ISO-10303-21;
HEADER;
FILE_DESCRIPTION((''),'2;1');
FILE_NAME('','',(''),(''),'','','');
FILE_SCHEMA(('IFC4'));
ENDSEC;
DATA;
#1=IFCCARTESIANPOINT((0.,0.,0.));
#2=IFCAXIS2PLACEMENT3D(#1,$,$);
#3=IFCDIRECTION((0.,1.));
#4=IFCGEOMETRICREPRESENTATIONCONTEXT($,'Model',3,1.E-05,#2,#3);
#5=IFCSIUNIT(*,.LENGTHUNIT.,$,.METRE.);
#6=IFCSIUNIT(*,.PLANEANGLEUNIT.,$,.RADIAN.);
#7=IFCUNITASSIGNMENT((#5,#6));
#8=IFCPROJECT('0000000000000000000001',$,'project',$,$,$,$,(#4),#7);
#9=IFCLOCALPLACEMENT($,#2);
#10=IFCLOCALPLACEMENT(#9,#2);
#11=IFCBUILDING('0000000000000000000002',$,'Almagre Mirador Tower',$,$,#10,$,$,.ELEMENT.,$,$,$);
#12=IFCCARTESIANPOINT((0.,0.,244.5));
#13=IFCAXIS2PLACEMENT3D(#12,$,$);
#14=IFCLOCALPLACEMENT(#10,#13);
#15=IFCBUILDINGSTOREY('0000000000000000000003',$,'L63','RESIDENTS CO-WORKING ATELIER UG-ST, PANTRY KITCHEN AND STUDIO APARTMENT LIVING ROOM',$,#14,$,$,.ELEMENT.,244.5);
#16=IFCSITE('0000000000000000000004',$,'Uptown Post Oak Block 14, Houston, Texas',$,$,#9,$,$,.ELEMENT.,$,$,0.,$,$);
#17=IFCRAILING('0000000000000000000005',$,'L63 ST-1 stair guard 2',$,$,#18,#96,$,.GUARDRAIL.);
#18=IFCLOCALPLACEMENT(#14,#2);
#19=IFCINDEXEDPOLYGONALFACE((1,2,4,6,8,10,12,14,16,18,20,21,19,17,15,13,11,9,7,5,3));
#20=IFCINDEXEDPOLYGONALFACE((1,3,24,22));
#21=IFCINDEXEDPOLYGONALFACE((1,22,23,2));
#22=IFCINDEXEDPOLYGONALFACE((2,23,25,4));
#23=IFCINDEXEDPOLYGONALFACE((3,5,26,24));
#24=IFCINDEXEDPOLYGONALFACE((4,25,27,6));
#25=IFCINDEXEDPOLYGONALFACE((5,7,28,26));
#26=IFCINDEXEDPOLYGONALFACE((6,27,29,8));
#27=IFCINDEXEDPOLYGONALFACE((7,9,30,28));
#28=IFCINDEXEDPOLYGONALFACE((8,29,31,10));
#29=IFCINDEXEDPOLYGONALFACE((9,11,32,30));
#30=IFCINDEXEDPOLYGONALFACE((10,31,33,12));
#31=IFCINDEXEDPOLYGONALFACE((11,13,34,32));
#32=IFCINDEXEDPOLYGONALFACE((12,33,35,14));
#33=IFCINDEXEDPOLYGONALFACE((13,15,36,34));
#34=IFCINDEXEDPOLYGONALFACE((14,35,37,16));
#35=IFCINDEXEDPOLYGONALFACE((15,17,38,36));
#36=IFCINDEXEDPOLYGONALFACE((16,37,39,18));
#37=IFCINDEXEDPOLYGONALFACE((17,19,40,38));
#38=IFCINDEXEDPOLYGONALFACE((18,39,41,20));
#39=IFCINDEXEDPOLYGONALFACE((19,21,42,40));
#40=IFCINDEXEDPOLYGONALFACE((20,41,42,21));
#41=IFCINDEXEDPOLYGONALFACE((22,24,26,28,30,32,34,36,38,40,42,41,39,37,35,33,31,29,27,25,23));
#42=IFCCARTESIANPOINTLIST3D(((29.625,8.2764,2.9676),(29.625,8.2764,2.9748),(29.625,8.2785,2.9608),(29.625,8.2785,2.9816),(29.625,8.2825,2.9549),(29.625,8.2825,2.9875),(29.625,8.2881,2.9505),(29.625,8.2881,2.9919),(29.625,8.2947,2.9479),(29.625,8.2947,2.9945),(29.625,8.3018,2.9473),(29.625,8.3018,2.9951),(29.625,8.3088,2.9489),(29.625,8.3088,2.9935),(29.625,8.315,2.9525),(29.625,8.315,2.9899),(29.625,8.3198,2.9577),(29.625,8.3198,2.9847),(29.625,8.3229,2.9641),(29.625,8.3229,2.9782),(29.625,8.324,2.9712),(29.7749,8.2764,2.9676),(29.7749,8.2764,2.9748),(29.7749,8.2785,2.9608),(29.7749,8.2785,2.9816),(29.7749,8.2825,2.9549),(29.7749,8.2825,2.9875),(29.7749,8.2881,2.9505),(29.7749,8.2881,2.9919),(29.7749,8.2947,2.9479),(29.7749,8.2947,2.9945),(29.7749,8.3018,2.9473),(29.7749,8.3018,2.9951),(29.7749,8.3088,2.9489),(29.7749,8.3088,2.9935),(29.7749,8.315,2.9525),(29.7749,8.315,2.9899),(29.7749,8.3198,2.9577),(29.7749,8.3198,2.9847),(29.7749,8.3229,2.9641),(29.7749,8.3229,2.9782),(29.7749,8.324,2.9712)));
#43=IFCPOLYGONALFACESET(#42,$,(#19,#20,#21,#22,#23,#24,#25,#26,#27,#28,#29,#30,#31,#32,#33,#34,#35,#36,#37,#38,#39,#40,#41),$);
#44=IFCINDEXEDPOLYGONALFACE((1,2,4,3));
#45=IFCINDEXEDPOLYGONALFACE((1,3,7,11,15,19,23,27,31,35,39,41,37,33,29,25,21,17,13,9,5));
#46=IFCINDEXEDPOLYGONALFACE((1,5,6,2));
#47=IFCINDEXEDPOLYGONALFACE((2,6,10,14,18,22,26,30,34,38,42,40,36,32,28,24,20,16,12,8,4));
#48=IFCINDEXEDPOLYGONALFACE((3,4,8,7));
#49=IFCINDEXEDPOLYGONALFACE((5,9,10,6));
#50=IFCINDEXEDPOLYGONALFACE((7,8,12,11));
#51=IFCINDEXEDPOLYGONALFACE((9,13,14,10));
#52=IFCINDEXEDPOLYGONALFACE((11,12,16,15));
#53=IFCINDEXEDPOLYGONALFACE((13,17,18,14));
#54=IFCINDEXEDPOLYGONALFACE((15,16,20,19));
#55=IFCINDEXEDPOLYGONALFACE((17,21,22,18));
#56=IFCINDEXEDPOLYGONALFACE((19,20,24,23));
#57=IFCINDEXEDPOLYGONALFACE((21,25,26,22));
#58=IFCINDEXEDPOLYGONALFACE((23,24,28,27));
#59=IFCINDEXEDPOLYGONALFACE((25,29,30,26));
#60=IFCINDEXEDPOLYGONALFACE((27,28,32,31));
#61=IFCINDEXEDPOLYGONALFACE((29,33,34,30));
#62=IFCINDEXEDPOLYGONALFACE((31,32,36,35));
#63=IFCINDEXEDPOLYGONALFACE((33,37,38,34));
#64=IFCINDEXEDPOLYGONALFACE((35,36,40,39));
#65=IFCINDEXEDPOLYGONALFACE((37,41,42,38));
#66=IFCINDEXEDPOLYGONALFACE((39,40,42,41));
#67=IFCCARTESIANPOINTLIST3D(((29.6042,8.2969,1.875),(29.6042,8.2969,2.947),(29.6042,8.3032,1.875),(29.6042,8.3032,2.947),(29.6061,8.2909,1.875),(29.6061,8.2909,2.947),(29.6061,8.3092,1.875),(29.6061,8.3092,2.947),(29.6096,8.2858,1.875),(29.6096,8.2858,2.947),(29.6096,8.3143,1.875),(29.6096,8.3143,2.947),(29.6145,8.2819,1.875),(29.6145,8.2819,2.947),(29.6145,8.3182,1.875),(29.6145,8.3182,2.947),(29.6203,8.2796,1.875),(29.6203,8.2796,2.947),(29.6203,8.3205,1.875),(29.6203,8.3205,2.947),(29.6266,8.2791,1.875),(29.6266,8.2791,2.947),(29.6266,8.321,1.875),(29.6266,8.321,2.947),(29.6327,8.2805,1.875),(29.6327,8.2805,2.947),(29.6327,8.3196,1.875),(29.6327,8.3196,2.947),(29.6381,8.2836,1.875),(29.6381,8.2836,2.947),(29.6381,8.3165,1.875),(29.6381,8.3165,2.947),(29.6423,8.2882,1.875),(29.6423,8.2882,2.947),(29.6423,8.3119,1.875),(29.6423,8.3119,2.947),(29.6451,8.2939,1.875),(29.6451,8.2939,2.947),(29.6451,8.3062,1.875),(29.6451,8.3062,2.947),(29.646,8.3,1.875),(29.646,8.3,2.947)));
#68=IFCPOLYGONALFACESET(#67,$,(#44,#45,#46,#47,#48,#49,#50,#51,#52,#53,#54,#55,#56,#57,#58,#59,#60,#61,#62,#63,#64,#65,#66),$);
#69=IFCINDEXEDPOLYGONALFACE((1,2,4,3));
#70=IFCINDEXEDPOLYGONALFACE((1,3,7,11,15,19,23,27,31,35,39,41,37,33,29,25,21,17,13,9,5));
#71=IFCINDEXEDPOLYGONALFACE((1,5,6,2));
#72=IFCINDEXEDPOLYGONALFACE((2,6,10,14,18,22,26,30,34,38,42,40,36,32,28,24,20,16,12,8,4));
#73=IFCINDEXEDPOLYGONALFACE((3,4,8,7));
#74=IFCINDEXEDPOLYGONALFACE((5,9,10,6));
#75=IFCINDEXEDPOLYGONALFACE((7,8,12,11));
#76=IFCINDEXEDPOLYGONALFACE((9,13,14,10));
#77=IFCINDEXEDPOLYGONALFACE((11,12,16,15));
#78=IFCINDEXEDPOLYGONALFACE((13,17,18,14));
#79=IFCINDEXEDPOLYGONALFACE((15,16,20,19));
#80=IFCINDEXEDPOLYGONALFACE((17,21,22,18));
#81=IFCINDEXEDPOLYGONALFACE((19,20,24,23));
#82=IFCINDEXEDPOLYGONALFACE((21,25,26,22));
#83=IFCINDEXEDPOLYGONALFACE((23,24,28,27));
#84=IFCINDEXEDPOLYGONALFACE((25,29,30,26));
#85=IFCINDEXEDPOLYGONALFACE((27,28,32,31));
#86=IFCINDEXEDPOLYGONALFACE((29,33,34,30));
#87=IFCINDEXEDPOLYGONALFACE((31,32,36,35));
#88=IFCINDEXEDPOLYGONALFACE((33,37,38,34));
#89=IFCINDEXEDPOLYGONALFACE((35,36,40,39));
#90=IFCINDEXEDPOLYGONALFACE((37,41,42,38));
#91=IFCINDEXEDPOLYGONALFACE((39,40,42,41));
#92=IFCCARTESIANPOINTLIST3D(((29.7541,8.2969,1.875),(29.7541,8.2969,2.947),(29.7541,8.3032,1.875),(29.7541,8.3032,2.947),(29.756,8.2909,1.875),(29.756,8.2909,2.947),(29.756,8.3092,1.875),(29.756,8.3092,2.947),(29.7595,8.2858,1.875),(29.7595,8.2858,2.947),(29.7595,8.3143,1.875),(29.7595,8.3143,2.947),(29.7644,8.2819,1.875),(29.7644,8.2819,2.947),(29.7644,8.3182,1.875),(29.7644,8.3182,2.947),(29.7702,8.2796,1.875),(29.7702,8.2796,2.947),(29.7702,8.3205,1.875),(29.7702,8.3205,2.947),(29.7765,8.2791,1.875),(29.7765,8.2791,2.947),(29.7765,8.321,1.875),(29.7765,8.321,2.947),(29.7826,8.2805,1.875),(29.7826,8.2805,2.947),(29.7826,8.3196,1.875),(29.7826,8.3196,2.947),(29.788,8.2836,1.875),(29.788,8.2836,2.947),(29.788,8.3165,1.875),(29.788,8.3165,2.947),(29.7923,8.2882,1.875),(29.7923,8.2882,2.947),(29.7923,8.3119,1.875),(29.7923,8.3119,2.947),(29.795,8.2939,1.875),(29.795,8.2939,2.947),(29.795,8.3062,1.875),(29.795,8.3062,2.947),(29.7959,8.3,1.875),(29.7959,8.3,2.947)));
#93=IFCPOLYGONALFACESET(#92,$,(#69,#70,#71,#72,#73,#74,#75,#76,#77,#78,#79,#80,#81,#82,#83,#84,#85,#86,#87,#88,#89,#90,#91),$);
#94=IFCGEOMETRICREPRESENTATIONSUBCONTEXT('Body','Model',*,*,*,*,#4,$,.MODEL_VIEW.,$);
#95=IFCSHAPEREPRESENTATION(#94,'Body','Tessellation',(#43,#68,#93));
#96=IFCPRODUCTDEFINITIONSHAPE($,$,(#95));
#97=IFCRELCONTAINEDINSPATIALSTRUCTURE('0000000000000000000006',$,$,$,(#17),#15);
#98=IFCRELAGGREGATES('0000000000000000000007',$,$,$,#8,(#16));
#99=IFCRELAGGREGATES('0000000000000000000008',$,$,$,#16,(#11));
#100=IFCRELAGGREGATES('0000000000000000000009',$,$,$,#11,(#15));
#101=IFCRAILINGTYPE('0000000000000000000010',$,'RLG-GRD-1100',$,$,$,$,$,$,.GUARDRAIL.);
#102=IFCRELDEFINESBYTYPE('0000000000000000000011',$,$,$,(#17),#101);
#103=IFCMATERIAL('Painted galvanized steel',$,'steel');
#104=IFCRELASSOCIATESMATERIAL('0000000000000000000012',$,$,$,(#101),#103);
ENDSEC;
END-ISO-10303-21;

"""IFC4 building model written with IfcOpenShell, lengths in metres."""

from ifc_helpers import new_model, si_unit, direction, frame, origin, origin_2d, place, context, subcontext, project, spatial, circle, extrude, material, type_object, element, save


model = new_model("IFC4")

# Units and contexts
model_context = context("Model", 3, precision=1e-05, world=origin(), true_north=direction((0.0, 1.0)))
body_context = subcontext(model_context, "Body", "Model", "MODEL_VIEW")
ifc_project = project(units=[si_unit("LENGTHUNIT", "METRE"), si_unit("PLANEANGLEUNIT", "RADIAN")], contexts=[model_context])

# Site, building, storey
site_placement = place(None, origin())
site = spatial("IfcSite", under=ifc_project, at=site_placement, Name="Uptown Post Oak Block 14, Houston, Texas", CompositionType="ELEMENT", RefElevation=0.0)
building_placement = place(site_placement, origin())
building = spatial("IfcBuilding", under=site, at=building_placement, Name="Almagre Mirador Tower", CompositionType="ELEMENT")
storey_placement = place(building_placement, frame((0.0, 0.0, 244.5)))
storey = spatial("IfcBuildingStorey", under=building, at=storey_placement, Name="L63", Description="RESIDENTS CO-WORKING ATELIER UG-ST, PANTRY KITCHEN AND STUDIO APARTMENT LIVING ROOM", CompositionType="ELEMENT", Elevation=244.5)

# Railing
ifc_material_1 = material(Name="Painted galvanized steel", Category="steel")
railing_type = type_object("IfcRailingType", Name="RLG-GRD-1100", PredefinedType="GUARDRAIL", material=ifc_material_1)
railing_1_placement = place(storey_placement, frame((29.625, 8.3, 1.875)))
element("IfcRailing", 1, at=railing_1_placement, inside=storey, type_object=railing_type, Name="L63 ST-1 stair guard 2", PredefinedType="GUARDRAIL", context=body_context, shape_type="SweptSolid", body=[
    extrude(circle(Radius=0.0239, at=origin_2d()), frame((0.0, 0.0, 1.0962), z_axis=(1.0, 0.0, 0.0), x_axis=(0.0, 1.0, 0.0)), (0.0, 0.0, 1.0), 0.1499),
    extrude(circle(Radius=0.021, at=origin_2d()), origin(), (0.0, 0.0, 1.0), 1.072),
    extrude(circle(Radius=0.021, at=origin_2d()), frame((0.1499, 0.0, 0.0)), (0.0, 0.0, 1.0), 1.072),
])

save(model, "model.ifc")
